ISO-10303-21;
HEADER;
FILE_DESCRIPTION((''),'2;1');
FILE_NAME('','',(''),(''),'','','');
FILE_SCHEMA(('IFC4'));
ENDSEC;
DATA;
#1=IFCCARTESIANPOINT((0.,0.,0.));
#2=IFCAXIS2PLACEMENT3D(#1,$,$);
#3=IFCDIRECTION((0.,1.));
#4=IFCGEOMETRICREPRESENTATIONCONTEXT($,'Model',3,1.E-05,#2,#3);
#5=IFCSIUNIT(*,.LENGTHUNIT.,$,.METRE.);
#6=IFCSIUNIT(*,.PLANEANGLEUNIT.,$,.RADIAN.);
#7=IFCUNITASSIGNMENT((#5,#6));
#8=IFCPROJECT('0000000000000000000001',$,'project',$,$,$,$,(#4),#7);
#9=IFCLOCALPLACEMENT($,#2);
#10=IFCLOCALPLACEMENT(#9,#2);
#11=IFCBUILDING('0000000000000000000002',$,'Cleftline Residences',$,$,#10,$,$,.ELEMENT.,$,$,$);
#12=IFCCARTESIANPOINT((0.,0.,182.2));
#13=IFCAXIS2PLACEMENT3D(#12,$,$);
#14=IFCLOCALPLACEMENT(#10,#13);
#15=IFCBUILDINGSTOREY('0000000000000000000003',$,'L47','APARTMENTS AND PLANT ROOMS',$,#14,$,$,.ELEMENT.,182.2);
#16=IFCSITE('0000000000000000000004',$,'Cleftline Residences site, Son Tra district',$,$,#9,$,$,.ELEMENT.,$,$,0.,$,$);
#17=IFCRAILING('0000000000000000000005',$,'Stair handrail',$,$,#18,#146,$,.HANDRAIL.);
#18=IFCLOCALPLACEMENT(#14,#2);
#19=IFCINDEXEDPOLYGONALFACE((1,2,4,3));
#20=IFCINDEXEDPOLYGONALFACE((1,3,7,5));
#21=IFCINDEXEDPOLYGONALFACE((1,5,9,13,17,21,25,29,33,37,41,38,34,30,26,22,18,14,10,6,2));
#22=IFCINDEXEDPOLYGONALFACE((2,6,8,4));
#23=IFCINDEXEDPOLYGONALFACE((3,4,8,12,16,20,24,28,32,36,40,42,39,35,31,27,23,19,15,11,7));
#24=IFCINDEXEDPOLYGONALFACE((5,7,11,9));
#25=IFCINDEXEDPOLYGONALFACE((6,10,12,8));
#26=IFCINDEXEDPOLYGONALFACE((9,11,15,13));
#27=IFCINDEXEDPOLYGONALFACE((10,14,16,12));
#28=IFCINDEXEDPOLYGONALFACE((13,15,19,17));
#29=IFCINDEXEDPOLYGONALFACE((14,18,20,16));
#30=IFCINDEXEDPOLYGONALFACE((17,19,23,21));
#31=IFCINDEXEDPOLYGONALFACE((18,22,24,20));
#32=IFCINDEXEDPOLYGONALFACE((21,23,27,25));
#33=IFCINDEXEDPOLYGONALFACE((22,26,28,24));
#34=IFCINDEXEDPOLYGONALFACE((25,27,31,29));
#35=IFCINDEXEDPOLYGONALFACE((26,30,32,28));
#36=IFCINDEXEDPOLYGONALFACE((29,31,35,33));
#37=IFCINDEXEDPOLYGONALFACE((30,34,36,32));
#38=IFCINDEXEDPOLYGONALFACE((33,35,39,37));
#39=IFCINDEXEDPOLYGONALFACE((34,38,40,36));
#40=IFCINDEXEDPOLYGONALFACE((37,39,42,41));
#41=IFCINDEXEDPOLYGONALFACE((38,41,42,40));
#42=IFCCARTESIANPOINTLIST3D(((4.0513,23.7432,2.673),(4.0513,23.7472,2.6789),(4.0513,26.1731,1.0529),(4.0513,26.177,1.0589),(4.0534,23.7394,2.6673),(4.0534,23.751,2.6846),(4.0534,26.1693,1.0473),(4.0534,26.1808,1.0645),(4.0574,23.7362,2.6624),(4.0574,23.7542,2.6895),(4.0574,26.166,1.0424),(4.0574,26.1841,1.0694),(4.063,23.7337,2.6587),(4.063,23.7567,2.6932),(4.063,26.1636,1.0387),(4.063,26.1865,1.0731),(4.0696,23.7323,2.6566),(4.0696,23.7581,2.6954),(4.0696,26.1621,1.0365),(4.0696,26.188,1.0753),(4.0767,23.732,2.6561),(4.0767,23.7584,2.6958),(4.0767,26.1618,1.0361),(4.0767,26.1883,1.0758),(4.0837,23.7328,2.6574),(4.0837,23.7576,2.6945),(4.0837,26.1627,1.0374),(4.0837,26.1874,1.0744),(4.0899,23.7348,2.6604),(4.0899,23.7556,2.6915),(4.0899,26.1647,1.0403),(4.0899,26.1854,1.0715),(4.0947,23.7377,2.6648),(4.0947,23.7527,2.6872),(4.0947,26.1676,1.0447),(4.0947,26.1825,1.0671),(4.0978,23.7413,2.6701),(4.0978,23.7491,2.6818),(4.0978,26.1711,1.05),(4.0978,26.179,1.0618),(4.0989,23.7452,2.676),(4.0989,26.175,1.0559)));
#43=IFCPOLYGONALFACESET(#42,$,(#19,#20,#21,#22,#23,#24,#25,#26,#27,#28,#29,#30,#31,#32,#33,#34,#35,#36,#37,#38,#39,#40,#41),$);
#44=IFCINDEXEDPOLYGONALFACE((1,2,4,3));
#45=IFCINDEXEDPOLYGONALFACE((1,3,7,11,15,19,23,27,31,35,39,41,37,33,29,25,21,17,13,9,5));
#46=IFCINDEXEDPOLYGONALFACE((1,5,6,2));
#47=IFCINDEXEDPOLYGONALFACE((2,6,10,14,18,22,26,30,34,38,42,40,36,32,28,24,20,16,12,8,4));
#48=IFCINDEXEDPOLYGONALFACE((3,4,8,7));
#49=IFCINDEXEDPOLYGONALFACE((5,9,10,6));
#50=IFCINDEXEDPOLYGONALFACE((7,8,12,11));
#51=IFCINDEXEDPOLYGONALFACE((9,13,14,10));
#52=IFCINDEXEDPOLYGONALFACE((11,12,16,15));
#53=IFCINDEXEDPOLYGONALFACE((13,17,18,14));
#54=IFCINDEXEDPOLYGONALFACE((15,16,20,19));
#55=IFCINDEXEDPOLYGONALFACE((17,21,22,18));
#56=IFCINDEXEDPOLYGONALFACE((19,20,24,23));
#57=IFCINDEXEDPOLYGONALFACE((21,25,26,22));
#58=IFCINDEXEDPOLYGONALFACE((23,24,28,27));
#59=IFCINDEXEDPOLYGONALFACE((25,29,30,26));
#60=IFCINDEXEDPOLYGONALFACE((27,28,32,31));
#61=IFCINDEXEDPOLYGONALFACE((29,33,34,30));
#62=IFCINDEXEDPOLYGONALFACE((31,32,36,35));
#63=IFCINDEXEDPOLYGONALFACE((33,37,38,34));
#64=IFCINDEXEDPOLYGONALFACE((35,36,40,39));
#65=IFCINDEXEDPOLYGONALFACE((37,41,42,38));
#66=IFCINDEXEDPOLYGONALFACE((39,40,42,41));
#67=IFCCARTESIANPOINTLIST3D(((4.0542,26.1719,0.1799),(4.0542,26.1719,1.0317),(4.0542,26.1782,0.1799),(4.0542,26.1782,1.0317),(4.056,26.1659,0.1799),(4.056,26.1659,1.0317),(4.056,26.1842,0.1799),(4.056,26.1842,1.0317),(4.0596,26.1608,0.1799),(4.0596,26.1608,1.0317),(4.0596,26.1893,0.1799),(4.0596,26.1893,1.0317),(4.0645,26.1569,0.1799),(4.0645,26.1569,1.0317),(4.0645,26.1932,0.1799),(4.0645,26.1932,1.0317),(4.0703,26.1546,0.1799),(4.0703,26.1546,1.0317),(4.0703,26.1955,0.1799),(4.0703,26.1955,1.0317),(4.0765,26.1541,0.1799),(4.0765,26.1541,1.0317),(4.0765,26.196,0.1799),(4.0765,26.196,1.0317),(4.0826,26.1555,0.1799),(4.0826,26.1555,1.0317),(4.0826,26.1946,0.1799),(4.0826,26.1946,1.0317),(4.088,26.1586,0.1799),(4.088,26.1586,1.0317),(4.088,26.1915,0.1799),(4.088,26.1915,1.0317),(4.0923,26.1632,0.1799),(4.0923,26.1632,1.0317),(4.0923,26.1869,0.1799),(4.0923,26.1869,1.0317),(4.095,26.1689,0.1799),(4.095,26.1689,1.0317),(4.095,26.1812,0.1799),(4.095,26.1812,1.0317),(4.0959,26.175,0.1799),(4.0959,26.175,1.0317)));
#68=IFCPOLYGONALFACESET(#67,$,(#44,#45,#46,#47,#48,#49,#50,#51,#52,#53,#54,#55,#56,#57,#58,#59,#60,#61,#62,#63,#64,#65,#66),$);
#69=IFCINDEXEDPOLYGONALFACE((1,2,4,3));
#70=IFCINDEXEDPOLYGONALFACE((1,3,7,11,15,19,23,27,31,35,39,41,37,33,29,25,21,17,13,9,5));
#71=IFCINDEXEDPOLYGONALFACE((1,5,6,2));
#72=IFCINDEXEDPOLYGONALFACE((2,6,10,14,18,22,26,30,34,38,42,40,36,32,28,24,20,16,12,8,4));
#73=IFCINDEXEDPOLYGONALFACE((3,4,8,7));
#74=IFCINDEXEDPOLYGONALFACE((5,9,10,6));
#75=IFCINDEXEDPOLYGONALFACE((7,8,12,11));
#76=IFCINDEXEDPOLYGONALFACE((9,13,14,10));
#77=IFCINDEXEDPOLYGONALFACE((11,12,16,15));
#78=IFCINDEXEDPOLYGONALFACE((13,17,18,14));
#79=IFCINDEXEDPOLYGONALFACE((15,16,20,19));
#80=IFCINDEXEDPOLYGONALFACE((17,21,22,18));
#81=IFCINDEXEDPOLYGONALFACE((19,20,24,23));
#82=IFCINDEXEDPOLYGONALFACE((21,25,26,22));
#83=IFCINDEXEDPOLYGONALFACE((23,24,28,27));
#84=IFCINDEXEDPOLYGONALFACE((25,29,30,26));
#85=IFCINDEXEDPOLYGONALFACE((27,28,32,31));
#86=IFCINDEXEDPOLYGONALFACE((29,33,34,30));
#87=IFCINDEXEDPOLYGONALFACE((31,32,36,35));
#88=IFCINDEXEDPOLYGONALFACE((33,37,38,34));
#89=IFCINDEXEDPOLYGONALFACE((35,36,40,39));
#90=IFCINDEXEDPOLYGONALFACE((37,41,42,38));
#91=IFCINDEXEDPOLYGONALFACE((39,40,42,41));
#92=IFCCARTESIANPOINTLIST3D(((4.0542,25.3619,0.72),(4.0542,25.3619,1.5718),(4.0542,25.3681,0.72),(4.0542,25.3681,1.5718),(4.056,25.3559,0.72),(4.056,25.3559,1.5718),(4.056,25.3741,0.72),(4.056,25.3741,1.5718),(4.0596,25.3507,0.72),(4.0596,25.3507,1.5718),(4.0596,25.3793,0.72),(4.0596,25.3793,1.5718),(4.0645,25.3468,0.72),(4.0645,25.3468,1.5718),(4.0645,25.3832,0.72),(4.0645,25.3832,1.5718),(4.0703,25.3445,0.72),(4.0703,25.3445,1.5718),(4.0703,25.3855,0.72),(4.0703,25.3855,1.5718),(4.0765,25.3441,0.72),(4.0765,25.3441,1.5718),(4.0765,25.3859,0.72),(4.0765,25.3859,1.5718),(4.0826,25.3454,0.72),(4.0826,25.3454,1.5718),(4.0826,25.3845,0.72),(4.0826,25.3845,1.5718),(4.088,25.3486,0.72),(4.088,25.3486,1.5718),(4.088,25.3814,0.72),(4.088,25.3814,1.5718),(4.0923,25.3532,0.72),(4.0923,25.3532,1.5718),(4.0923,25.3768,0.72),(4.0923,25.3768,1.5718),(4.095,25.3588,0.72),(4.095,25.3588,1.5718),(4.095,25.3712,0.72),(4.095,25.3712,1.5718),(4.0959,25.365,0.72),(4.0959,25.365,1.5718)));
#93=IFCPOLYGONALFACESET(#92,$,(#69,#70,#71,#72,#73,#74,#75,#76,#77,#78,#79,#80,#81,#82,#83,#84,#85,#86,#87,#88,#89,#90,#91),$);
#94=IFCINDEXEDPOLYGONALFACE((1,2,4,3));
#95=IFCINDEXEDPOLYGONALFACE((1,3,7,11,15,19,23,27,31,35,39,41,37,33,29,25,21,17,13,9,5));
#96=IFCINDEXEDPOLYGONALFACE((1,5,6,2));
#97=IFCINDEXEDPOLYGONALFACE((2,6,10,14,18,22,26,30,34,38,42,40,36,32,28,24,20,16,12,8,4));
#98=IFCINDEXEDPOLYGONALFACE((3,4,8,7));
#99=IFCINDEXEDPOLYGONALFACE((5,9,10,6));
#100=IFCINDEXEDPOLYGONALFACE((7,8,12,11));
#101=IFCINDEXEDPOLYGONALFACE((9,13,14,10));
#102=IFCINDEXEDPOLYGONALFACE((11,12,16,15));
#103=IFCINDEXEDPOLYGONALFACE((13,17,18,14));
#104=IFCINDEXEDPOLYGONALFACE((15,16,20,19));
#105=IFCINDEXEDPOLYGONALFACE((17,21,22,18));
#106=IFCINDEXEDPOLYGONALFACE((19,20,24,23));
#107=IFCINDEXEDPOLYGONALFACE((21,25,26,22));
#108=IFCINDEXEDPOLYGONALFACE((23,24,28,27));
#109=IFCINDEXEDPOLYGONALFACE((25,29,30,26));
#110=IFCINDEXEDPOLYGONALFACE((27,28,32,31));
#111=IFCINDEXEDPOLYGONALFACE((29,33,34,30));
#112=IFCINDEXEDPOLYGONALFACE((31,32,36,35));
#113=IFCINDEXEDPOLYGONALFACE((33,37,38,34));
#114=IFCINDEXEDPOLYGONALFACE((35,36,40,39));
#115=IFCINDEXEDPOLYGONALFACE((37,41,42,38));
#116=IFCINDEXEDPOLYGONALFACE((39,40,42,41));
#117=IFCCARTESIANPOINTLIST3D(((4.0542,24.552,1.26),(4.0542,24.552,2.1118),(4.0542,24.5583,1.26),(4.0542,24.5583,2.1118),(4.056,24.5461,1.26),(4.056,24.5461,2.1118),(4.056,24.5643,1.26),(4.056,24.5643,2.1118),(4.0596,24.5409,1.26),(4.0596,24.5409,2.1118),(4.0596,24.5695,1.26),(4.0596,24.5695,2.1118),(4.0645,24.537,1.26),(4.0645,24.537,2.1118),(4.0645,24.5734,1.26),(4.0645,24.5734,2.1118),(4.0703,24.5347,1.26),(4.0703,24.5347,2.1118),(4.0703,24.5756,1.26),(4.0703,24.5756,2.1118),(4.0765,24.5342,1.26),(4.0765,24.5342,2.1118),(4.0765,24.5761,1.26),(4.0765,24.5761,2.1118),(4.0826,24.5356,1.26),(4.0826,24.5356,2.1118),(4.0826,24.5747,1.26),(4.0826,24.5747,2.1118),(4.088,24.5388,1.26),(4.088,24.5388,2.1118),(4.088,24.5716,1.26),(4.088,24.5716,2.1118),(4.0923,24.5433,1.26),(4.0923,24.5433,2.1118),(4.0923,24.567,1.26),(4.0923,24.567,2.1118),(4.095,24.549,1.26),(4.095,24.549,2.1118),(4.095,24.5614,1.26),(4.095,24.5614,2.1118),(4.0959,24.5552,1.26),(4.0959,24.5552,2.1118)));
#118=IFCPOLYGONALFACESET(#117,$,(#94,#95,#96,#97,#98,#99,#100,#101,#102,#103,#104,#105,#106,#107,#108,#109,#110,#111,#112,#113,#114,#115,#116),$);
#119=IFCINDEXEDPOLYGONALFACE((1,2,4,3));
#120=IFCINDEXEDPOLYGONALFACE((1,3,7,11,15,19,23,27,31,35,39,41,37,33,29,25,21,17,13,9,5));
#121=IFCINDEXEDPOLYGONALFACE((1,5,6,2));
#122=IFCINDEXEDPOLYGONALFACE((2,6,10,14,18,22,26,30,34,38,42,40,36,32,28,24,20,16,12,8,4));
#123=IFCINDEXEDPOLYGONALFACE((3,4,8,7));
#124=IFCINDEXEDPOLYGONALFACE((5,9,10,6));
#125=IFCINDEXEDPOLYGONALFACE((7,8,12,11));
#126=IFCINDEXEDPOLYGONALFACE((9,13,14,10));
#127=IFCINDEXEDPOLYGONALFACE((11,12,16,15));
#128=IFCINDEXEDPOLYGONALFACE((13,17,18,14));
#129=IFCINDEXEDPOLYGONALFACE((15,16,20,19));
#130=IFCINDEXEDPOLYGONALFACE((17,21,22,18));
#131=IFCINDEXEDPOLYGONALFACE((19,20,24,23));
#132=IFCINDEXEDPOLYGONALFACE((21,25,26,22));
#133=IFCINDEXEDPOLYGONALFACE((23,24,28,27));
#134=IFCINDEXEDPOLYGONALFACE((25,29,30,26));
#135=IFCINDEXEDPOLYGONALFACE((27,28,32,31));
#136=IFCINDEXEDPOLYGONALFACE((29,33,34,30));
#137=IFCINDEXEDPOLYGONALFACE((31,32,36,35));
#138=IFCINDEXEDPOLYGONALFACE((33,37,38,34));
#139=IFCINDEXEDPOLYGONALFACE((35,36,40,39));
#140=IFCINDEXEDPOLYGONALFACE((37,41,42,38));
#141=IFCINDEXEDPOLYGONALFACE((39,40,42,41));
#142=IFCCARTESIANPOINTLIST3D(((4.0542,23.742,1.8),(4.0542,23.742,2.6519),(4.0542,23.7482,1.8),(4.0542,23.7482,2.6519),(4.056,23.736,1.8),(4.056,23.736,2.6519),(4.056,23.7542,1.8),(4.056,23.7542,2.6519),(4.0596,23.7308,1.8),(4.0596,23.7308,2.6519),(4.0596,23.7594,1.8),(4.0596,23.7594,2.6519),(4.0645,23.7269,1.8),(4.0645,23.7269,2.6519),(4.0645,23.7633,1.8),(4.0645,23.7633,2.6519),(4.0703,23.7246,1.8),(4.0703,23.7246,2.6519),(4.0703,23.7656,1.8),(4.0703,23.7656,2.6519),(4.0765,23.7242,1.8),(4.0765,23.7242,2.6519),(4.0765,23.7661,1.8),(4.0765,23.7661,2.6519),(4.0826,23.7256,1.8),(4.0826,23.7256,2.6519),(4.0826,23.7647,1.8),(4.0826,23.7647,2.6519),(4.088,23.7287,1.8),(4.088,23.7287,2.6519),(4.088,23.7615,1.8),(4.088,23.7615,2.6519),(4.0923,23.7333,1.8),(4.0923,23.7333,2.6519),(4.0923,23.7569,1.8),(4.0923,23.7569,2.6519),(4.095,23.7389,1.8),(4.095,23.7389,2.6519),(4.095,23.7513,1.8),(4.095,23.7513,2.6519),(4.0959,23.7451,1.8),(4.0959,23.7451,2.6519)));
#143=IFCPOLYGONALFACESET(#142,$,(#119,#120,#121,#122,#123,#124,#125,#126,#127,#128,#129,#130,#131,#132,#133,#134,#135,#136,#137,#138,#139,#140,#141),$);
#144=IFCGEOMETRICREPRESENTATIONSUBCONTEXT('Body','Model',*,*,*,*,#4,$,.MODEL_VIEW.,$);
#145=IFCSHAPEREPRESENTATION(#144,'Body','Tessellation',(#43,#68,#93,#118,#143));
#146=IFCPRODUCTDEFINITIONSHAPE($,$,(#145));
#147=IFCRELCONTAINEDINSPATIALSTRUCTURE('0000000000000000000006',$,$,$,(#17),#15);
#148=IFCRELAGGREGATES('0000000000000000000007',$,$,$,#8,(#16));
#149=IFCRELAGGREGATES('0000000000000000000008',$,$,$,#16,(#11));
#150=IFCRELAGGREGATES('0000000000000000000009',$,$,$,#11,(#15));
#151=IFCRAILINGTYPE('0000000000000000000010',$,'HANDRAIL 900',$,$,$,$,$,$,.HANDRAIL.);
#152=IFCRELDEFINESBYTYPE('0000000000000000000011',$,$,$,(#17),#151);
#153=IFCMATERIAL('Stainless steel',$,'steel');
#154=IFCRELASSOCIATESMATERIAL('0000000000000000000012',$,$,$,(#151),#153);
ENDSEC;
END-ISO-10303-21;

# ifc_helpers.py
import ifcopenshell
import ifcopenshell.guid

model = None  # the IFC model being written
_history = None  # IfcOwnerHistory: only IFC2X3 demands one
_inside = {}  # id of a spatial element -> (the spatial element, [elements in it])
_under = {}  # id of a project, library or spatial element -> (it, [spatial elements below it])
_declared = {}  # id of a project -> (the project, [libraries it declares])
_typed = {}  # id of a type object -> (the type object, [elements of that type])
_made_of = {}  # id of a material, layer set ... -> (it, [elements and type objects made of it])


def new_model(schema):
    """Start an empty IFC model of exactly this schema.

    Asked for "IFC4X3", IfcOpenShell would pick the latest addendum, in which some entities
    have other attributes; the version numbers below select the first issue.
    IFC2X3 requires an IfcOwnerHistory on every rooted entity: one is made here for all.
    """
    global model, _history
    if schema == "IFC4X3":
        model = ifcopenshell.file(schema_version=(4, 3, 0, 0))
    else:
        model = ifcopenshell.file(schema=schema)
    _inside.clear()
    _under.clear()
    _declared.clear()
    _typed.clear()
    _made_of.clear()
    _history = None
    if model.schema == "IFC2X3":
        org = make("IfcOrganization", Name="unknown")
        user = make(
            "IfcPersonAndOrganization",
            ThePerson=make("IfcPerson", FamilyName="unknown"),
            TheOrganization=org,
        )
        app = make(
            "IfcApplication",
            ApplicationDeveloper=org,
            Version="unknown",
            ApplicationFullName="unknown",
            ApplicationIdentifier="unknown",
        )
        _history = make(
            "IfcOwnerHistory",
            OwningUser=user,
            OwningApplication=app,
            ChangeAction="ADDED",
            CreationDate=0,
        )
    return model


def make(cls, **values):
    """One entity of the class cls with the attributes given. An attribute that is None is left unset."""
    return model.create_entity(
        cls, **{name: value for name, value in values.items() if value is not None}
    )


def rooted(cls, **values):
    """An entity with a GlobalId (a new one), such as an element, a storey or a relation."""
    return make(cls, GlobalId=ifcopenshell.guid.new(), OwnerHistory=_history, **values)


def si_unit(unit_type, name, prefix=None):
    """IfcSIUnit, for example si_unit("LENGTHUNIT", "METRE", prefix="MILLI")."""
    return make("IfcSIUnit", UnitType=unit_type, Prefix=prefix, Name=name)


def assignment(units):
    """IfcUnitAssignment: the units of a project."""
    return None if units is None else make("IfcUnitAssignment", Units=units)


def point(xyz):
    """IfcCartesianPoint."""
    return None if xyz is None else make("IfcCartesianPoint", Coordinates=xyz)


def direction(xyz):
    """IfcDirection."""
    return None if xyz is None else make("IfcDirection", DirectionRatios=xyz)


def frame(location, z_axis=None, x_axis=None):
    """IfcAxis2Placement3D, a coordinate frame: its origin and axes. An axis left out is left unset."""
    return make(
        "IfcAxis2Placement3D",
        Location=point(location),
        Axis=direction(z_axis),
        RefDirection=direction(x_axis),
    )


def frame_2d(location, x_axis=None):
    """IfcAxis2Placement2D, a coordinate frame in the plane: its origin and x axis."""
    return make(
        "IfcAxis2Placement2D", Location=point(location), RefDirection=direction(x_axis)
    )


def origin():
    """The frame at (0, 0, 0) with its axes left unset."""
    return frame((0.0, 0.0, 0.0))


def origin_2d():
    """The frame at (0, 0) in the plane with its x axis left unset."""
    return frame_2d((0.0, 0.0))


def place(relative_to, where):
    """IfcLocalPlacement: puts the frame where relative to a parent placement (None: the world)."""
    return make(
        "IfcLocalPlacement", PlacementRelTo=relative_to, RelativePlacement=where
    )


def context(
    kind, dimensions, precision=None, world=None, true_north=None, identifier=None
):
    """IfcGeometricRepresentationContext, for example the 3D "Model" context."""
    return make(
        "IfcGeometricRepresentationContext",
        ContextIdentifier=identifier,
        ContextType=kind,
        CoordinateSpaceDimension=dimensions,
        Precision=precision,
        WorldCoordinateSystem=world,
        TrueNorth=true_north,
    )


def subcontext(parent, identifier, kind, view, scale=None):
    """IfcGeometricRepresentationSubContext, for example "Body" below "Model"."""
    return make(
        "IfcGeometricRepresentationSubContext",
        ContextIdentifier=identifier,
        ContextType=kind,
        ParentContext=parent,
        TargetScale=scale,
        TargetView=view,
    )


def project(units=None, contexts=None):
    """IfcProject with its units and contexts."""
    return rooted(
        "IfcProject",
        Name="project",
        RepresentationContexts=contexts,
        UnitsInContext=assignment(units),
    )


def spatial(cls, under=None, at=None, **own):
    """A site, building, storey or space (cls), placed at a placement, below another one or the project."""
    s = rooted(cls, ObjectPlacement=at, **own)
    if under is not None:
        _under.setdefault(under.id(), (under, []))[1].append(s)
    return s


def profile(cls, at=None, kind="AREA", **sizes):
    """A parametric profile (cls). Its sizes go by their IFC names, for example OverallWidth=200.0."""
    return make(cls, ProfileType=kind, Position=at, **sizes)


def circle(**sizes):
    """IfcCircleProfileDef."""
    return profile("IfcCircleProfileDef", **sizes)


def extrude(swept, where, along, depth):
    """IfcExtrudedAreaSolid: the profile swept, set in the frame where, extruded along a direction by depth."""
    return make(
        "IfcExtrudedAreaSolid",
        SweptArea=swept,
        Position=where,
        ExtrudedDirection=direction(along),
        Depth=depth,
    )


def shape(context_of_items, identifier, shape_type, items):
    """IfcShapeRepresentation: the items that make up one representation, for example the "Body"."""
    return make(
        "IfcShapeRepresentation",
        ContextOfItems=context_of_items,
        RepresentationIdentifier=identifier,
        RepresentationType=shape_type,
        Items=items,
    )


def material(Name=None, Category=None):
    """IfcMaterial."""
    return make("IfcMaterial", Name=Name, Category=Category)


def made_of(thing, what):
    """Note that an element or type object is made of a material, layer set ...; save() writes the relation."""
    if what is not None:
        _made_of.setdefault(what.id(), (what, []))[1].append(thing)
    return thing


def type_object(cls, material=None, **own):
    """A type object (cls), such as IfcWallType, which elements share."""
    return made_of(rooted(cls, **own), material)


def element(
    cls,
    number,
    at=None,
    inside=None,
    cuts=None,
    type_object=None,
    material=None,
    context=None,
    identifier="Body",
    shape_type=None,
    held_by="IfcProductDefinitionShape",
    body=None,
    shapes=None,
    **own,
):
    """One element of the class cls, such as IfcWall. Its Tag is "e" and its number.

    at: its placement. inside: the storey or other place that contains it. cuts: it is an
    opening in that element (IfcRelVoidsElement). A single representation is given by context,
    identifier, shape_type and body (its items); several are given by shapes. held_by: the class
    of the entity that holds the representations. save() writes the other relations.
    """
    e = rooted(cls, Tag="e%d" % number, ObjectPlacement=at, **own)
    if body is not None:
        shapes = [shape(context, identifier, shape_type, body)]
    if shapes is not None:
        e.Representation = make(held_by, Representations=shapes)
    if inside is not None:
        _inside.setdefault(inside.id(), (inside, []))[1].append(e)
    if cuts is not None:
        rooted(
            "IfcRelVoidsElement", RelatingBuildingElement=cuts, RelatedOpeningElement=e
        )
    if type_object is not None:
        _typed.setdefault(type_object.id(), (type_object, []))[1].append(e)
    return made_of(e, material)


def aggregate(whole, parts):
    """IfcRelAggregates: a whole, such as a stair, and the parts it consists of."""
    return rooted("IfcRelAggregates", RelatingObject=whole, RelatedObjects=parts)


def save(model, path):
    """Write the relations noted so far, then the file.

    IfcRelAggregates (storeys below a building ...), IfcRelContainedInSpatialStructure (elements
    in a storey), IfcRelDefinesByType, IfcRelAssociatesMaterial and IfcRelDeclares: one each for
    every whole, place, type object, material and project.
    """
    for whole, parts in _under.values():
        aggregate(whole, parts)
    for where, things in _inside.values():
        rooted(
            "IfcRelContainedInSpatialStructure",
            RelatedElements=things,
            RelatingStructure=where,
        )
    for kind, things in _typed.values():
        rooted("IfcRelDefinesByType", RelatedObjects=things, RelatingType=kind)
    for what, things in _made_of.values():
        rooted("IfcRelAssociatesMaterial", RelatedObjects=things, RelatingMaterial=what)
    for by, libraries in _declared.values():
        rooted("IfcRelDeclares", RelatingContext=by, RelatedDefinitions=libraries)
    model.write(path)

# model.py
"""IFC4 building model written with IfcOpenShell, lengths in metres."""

from ifc_helpers import new_model, si_unit, direction, frame, origin, origin_2d, place, context, subcontext, project, spatial, circle, extrude, material, type_object, element, save


model = new_model("IFC4")

# Units and contexts
model_context = context("Model", 3, precision=1e-05, world=origin(), true_north=direction((0.0, 1.0)))
body_context = subcontext(model_context, "Body", "Model", "MODEL_VIEW")
ifc_project = project(units=[si_unit("LENGTHUNIT", "METRE"), si_unit("PLANEANGLEUNIT", "RADIAN")], contexts=[model_context])

# Site, building, storey
site_placement = place(None, origin())
site = spatial("IfcSite", under=ifc_project, at=site_placement, Name="Cleftline Residences site, Son Tra district", CompositionType="ELEMENT", RefElevation=0.0)
building_placement = place(site_placement, origin())
building = spatial("IfcBuilding", under=site, at=building_placement, Name="Cleftline Residences", CompositionType="ELEMENT")
storey_placement = place(building_placement, frame((0.0, 0.0, 182.2)))
storey = spatial("IfcBuildingStorey", under=building, at=storey_placement, Name="L47", Description="APARTMENTS AND PLANT ROOMS", CompositionType="ELEMENT", Elevation=182.2)

# Railing
ifc_material_1 = material(Name="Stainless steel", Category="steel")
railing_type = type_object("IfcRailingType", Name="HANDRAIL 900", PredefinedType="HANDRAIL", material=ifc_material_1)
railing_1_placement = place(storey_placement, frame((4.075, 26.175, 0.1799)))
element("IfcRailing", 1, at=railing_1_placement, inside=storey, type_object=railing_type, Name="Stair handrail", PredefinedType="HANDRAIL", context=body_context, shape_type="SweptSolid", body=[
    extrude(circle(Radius=0.0239, at=origin_2d()), frame((0.0, 0.0, 0.876), z_axis=(0.0, -0.832025, 0.554739), x_axis=(1.0, 0.0, 0.0)), (0.0, 0.0, 1.0), 2.9204),
    extrude(circle(Radius=0.021, at=origin_2d()), origin(), (0.0, 0.0, 1.0), 0.8518),
    extrude(circle(Radius=0.021, at=origin_2d()), frame((0.0, -0.8101, 0.54)), (0.0, 0.0, 1.0), 0.8518),
    extrude(circle(Radius=0.021, at=origin_2d()), frame((0.0, -1.6199, 1.0801)), (0.0, 0.0, 1.0), 0.8518),
    extrude(circle(Radius=0.021, at=origin_2d()), frame((0.0, -2.4299, 1.6201)), (0.0, 0.0, 1.0), 0.8518),
])

save(model, "model.ifc")
